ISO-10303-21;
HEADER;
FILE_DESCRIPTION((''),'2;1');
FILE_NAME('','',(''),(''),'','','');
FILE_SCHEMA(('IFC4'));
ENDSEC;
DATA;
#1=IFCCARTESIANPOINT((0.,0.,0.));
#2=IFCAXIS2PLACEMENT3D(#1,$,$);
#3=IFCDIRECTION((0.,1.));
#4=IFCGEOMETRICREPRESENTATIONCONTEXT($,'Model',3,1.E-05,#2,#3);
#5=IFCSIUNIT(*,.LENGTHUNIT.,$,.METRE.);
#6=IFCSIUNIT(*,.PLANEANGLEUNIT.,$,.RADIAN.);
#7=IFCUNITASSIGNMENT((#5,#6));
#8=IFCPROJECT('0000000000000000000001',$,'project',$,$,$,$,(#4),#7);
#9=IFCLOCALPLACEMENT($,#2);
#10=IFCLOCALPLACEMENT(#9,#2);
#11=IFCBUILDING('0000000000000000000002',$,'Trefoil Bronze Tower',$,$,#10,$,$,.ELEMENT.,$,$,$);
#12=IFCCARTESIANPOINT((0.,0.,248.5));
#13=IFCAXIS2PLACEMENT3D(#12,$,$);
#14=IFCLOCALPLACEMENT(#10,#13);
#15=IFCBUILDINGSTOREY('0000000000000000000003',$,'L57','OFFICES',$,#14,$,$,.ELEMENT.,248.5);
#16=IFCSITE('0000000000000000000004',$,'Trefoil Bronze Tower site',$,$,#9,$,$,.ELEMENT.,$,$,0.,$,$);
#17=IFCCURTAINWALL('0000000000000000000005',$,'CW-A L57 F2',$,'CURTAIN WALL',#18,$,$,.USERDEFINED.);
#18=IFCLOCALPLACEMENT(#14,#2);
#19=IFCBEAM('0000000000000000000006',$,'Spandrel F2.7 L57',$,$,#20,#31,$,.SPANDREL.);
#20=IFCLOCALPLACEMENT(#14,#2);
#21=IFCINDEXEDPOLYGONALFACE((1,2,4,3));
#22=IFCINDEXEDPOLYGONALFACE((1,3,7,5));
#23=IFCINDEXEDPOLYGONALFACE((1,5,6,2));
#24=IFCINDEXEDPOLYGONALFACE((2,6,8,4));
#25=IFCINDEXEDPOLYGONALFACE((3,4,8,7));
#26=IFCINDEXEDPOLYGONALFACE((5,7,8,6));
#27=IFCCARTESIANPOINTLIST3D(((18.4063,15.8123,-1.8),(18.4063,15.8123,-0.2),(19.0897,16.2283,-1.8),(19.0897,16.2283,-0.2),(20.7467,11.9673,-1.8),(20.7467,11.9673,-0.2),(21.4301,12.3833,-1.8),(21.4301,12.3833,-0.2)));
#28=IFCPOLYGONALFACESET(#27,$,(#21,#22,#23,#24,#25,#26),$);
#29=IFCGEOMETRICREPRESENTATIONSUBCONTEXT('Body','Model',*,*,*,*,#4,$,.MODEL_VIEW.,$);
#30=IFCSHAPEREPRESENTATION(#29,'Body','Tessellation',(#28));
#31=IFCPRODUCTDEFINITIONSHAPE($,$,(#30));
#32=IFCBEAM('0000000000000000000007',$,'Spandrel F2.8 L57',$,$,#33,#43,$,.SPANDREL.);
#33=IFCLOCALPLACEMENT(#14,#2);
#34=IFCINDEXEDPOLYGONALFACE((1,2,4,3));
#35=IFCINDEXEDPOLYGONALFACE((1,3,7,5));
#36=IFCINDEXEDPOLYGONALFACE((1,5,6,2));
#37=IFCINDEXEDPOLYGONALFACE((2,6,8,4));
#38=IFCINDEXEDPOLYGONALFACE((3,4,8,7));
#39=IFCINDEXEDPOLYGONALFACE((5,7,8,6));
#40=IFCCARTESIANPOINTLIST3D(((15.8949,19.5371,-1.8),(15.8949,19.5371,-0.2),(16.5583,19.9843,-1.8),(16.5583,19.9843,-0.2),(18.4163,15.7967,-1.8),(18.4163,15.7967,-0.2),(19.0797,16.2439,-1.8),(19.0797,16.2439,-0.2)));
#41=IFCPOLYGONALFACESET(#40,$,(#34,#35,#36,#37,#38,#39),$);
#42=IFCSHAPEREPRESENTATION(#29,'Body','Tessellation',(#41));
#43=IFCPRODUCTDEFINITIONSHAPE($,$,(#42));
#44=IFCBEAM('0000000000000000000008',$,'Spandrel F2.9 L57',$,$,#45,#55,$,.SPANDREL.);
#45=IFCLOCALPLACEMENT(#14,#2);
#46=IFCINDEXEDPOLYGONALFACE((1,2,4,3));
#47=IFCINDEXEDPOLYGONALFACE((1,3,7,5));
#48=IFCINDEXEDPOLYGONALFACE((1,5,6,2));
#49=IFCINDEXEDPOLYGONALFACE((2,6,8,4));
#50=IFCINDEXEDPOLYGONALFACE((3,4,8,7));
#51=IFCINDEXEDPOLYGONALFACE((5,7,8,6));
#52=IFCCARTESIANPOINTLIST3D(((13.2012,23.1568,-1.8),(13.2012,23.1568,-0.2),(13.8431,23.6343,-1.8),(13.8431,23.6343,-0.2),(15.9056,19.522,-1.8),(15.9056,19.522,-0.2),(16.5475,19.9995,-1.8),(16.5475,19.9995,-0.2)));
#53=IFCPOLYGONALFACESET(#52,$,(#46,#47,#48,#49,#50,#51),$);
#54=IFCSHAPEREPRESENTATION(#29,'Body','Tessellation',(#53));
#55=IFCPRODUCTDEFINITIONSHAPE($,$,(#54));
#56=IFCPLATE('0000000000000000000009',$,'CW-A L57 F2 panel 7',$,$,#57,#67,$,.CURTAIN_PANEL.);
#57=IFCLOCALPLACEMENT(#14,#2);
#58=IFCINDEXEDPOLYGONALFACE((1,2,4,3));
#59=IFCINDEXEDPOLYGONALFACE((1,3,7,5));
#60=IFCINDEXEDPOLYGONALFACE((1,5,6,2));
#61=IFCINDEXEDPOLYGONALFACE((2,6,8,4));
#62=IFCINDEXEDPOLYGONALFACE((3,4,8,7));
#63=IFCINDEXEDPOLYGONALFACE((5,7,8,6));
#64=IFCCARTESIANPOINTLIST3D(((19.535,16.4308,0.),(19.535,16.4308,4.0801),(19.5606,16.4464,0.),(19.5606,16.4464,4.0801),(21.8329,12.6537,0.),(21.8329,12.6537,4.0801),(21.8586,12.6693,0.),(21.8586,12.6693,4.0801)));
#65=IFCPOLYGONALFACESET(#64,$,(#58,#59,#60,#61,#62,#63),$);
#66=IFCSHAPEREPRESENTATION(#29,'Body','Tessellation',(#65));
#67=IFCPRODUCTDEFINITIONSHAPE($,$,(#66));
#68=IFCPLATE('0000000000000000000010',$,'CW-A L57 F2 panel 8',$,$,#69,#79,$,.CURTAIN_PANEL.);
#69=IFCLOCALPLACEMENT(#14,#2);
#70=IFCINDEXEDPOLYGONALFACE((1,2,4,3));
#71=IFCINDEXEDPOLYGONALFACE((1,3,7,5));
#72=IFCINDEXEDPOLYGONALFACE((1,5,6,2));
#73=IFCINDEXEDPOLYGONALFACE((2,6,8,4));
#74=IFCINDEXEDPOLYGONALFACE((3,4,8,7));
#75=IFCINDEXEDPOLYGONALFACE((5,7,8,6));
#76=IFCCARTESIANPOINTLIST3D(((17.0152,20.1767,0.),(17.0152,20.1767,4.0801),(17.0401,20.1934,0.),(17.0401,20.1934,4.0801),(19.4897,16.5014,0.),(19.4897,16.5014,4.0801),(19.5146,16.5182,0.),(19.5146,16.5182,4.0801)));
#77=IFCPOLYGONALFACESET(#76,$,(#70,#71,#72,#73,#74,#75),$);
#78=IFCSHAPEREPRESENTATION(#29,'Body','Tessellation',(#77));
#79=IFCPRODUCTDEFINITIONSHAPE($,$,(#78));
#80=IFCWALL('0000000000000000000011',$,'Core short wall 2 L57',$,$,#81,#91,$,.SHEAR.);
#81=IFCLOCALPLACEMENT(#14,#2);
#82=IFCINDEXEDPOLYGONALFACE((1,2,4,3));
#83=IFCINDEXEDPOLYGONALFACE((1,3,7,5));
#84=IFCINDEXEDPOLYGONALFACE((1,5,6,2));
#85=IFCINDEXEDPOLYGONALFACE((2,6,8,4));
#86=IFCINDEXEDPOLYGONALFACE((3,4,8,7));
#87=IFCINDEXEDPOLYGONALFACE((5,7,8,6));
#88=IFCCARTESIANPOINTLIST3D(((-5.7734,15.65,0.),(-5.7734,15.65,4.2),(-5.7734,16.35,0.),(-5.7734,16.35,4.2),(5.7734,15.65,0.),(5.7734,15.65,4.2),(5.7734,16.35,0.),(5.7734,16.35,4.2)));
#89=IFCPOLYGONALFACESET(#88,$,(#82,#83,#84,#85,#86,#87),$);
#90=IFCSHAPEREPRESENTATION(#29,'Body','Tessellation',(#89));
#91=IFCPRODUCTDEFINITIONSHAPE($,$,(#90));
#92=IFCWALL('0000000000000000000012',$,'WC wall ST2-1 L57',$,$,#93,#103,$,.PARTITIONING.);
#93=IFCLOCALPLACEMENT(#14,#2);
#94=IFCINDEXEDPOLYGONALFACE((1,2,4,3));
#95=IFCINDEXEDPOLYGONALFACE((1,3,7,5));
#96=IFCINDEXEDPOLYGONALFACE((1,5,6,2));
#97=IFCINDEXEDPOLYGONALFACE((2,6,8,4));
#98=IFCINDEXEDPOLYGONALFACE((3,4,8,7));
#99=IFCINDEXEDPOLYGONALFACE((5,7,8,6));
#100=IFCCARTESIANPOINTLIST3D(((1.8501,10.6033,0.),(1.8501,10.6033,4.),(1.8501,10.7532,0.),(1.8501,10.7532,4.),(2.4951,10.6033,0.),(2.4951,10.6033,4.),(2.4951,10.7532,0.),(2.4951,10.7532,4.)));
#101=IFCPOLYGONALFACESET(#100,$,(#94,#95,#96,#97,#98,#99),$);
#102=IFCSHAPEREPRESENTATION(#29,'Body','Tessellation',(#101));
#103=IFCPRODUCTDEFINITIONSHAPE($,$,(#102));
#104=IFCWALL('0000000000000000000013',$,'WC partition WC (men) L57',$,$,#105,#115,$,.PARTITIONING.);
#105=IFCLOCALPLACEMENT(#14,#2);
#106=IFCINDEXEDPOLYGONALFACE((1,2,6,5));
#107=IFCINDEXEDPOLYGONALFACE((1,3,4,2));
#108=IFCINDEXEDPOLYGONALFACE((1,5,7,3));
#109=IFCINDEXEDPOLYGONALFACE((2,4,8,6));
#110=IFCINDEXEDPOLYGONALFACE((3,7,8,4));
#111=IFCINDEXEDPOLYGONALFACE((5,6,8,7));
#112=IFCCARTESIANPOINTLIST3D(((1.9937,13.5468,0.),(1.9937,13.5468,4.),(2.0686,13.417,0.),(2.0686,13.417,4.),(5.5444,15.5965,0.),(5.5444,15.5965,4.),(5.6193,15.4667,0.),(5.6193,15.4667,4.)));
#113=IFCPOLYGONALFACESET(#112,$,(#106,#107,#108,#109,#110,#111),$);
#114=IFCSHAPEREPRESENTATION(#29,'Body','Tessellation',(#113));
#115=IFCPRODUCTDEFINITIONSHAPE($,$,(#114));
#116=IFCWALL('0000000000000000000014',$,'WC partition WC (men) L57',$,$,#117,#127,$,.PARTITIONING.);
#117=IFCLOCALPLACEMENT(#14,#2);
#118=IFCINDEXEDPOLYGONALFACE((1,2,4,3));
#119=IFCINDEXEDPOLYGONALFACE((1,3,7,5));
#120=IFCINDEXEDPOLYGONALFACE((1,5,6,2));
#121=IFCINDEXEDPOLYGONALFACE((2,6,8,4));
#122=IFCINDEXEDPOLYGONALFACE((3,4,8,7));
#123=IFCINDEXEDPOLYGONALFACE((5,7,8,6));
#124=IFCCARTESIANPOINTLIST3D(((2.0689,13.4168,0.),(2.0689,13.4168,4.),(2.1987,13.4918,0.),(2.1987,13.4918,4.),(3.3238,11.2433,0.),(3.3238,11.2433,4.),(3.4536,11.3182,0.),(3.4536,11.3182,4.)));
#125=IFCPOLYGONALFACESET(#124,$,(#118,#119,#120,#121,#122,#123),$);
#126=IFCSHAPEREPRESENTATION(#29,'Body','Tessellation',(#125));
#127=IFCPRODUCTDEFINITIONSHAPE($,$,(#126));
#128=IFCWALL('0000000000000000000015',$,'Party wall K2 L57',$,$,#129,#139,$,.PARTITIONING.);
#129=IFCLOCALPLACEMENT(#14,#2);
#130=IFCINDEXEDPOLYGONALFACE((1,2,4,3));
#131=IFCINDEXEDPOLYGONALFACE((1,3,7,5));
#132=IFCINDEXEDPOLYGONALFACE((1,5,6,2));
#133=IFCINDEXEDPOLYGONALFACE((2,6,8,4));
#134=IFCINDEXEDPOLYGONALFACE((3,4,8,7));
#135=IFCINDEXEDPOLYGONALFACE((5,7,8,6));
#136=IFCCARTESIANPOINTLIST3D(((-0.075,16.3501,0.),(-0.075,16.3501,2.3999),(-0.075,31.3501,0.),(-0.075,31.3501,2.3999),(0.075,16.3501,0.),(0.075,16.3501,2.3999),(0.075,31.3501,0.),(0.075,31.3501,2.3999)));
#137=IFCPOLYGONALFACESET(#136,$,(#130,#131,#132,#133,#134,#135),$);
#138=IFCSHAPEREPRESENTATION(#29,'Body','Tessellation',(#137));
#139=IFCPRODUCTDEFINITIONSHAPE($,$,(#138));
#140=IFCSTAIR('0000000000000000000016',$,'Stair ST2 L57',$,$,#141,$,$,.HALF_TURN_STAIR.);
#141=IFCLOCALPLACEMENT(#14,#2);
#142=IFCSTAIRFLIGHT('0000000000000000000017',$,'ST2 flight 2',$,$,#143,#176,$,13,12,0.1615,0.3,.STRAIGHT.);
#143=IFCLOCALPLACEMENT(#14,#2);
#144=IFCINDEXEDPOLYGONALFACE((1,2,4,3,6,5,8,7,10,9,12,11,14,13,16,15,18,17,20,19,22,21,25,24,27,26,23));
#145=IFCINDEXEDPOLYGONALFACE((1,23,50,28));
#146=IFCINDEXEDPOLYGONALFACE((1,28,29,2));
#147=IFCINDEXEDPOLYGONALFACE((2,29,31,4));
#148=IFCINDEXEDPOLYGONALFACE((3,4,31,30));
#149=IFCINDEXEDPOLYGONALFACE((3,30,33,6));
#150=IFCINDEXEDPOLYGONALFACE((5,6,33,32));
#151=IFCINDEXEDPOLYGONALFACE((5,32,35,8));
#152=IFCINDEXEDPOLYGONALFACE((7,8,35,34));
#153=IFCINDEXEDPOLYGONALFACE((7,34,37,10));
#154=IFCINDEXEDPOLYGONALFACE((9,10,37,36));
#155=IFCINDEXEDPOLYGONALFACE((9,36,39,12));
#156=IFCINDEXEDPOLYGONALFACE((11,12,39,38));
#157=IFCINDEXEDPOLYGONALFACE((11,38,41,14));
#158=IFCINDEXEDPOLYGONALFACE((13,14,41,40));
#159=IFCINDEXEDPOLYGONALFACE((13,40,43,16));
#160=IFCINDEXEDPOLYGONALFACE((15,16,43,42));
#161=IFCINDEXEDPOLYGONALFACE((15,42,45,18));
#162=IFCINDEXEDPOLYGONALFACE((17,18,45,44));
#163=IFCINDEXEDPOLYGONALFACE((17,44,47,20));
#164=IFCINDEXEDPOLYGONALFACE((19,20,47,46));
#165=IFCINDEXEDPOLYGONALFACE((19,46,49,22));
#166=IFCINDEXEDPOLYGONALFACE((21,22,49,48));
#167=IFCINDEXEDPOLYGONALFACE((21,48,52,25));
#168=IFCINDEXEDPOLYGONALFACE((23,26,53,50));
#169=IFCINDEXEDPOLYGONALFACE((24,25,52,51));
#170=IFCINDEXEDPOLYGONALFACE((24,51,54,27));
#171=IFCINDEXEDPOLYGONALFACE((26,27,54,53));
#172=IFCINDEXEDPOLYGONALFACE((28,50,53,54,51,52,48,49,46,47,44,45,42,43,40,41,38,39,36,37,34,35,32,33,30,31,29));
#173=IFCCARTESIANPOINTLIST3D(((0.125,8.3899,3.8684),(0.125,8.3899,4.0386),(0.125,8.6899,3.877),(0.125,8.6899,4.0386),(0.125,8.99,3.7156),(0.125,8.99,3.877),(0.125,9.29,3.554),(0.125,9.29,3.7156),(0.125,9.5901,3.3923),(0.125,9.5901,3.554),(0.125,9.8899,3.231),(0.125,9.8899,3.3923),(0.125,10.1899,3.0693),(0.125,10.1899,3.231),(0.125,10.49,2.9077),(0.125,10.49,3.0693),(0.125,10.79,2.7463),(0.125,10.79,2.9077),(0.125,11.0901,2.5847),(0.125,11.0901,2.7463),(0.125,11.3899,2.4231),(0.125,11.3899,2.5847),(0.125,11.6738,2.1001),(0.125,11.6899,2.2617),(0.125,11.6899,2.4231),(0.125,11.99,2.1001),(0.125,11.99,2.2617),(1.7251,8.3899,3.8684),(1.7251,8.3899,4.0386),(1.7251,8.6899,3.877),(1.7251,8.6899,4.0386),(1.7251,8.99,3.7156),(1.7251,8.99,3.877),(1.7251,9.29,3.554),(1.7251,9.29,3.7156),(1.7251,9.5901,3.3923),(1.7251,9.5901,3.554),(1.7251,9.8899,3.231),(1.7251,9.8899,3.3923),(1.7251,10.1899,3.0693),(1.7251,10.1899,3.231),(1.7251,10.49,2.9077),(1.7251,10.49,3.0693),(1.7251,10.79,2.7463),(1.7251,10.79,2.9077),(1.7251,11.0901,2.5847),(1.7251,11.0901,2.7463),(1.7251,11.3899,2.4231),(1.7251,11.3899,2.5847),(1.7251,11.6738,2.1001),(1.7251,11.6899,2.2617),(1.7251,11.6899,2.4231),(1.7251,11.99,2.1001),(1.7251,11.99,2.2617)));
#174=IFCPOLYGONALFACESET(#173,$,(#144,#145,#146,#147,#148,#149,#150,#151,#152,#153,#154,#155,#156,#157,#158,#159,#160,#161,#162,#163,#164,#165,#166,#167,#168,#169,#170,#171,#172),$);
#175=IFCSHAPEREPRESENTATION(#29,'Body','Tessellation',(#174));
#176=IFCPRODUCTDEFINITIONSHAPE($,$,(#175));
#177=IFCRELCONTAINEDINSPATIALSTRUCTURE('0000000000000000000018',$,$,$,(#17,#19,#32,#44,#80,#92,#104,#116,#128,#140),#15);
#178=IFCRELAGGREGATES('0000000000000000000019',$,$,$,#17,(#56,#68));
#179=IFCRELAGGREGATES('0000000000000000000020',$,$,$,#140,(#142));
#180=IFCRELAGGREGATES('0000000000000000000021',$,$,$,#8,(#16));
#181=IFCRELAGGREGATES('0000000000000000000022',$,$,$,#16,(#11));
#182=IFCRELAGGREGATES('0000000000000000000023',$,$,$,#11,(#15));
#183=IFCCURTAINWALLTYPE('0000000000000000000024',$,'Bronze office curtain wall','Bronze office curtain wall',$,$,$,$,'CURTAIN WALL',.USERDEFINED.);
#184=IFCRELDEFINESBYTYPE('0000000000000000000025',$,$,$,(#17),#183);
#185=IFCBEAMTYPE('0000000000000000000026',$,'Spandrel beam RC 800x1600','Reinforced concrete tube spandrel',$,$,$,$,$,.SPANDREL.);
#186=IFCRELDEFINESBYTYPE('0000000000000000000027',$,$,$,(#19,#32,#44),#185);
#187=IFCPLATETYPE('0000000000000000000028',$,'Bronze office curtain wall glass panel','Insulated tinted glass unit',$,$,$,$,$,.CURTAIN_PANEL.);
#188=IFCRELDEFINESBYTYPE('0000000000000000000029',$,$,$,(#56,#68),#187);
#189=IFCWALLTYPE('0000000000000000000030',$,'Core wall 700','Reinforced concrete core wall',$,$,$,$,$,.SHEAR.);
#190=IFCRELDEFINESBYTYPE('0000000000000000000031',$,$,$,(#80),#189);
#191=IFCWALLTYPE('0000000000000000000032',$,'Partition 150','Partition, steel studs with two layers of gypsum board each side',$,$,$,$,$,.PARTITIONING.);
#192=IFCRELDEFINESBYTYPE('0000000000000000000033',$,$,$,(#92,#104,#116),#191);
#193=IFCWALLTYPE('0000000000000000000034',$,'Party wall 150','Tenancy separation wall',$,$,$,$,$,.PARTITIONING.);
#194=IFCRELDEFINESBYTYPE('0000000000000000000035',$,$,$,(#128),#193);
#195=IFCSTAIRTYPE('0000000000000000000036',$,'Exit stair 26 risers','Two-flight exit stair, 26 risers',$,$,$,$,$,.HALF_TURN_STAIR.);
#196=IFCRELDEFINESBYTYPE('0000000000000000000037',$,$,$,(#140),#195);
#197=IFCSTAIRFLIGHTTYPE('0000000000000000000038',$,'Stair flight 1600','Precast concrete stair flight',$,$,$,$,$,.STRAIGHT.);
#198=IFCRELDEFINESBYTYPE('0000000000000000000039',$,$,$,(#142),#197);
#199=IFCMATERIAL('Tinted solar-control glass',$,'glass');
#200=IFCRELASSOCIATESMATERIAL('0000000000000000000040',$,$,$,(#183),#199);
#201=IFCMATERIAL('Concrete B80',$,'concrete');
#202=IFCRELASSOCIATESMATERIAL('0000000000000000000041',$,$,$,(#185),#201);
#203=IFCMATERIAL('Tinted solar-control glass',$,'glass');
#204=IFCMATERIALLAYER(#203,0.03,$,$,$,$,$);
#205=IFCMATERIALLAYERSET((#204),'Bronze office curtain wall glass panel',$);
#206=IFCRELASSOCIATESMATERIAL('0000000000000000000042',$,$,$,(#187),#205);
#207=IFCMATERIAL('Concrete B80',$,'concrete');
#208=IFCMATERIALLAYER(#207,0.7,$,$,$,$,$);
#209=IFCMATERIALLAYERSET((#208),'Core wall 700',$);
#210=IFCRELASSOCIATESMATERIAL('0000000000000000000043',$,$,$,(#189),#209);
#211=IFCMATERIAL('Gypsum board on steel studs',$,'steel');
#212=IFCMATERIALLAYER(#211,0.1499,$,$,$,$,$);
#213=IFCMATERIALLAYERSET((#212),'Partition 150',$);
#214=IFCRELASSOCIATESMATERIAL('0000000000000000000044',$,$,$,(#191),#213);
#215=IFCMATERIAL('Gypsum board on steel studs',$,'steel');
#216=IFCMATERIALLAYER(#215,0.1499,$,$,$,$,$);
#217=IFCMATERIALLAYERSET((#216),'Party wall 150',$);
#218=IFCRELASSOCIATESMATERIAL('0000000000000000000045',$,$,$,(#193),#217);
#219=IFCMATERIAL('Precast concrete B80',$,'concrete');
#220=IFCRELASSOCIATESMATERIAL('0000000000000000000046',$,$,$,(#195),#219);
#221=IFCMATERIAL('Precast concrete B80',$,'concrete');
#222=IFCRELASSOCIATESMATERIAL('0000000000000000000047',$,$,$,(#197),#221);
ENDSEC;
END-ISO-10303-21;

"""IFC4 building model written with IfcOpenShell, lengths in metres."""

from ifc_helpers import new_model, si_unit, direction, frame, frame_2d, origin, origin_2d, place, context, subcontext, project, spatial, polyline, rectangle, outline, extrude, material, layer, layer_set, material_profile, profile_set, type_object, element, aggregate, save


model = new_model("IFC4")

# Units and contexts
model_context = context("Model", 3, precision=1e-05, world=origin(), true_north=direction((0.0, 1.0)))
body_context = subcontext(model_context, "Body", "Model", "MODEL_VIEW")
ifc_project = project(units=[si_unit("LENGTHUNIT", "METRE"), si_unit("PLANEANGLEUNIT", "RADIAN")], contexts=[model_context])

# Site, building, storey
site_placement = place(None, origin())
site = spatial("IfcSite", under=ifc_project, at=site_placement, Name="Trefoil Bronze Tower site", CompositionType="ELEMENT", RefElevation=0.0)
building_placement = place(site_placement, origin())
building = spatial("IfcBuilding", under=site, at=building_placement, Name="Trefoil Bronze Tower", CompositionType="ELEMENT")
storey_placement = place(building_placement, frame((0.0, 0.0, 248.5)))
storey = spatial("IfcBuildingStorey", under=building, at=storey_placement, Name="L57", Description="OFFICES", CompositionType="ELEMENT", Elevation=248.5)

# Curtain wall
ifc_material_1 = material(Name="Tinted solar-control glass", Category="glass")
curtain_wall_type = type_object("IfcCurtainWallType", Name="Bronze office curtain wall", Description="Bronze office curtain wall", ElementType="CURTAIN WALL", PredefinedType="USERDEFINED", material=ifc_material_1)
curtain_wall_placement = place(storey_placement, origin())
curtain_wall = element("IfcCurtainWall", 1, at=curtain_wall_placement, inside=storey, type_object=curtain_wall_type, Name="CW-A L57 F2", ObjectType="CURTAIN WALL", PredefinedType="USERDEFINED")

# Beams
ifc_material_2 = material(Name="Concrete B80", Category="concrete")
ifc_material_profile_1 = material_profile(ifc_material_2, rectangle(XDim=0.8, YDim=1.6001, at=origin_2d()), Name="RC 800x1600")
ifc_profile_set_1 = profile_set([ifc_material_profile_1], Name="Concrete B80")
beam_type_1 = type_object("IfcBeamType", Name="Spandrel beam RC 800x1600", Description="Reinforced concrete tube spandrel", PredefinedType="SPANDREL", material=ifc_profile_set_1)
beam_1_placement = place(storey_placement, frame((21.0884, 12.1753, -1.0), z_axis=(-0.519933, 0.854207, 0.0), x_axis=(-0.854207, -0.519933, 0.0)))
element("IfcBeam", 2, at=beam_1_placement, inside=storey, type_object=beam_type_1, Name="Spandrel F2.7 L57", PredefinedType="SPANDREL", context=body_context, shape_type="SweptSolid", body=[
    extrude(rectangle(XDim=0.8, YDim=1.6001, at=origin_2d()), origin(), (0.0, 0.0, 1.0), 4.5012),
])
beam_2_placement = place(storey_placement, frame((18.748, 16.0203, -1.0), z_axis=(-0.558964, 0.829192, 0.0), x_axis=(-0.829192, -0.558964, 0.0)))
element("IfcBeam", 3, at=beam_2_placement, inside=storey, type_object=beam_type_1, Name="Spandrel F2.8 L57", PredefinedType="SPANDREL", context=body_context, shape_type="SweptSolid", body=[
    extrude(rectangle(XDim=0.8, YDim=1.6001, at=origin_2d()), origin(), (0.0, 0.0, 1.0), 4.511),
])
beam_3_placement = place(storey_placement, frame((16.2266, 19.7607, -1.0), z_axis=(-0.596926, 0.802296, 0.0), x_axis=(-0.802296, -0.596926, 0.0)))
element("IfcBeam", 4, at=beam_3_placement, inside=storey, type_object=beam_type_1, Name="Spandrel F2.9 L57", PredefinedType="SPANDREL", context=body_context, shape_type="SweptSolid", body=[
    extrude(rectangle(XDim=0.8, YDim=1.6001, at=origin_2d()), origin(), (0.0, 0.0, 1.0), 4.5305),
])

# Plates
ifc_material_3 = material(Name="Tinted solar-control glass", Category="glass")
ifc_layer_1 = layer(ifc_material_3, 0.03)
ifc_layer_set_1 = layer_set([ifc_layer_1], Name="Bronze office curtain wall glass panel")
plate_type = type_object("IfcPlateType", Name="Bronze office curtain wall glass panel", Description="Insulated tinted glass unit", PredefinedType="CURTAIN_PANEL", material=ifc_layer_set_1)
plate_1_placement = place(storey_placement, frame((20.6968, 14.55, 0.0), z_axis=(0.0, 0.0, 1.0), x_axis=(-0.519762, 0.854311, 0.0)))
plate_1 = element("IfcPlate", 5, at=plate_1_placement, type_object=plate_type, Name="CW-A L57 F2 panel 7", PredefinedType="CURTAIN_PANEL", context=body_context, shape_type="SweptSolid", body=[
    extrude(rectangle(XDim=4.4211, YDim=0.03, at=origin_2d()), origin(), (0.0, 0.0, 1.0), 4.0801),
])
plate_2_placement = place(storey_placement, frame((18.2649, 18.3474, 0.0), z_axis=(0.0, 0.0, 1.0), x_axis=(-0.558493, 0.829509, 0.0)))
plate_2 = element("IfcPlate", 6, at=plate_2_placement, type_object=plate_type, Name="CW-A L57 F2 panel 8", PredefinedType="CURTAIN_PANEL", context=body_context, shape_type="SweptSolid", body=[
    extrude(rectangle(XDim=4.4307, YDim=0.03, at=origin_2d()), origin(), (0.0, 0.0, 1.0), 4.0801),
])
aggregate(curtain_wall, [plate_1, plate_2])

# Walls
ifc_material_4 = material(Name="Concrete B80", Category="concrete")
ifc_layer_2 = layer(ifc_material_4, 0.7)
ifc_layer_set_2 = layer_set([ifc_layer_2], Name="Core wall 700")
wall_type_1 = type_object("IfcWallType", Name="Core wall 700", Description="Reinforced concrete core wall", PredefinedType="SHEAR", material=ifc_layer_set_2)
wall_1_placement = place(storey_placement, frame((5.7734, 16.0, 0.0), z_axis=(0.0, 0.0, 1.0), x_axis=(-1.0, 0.0, 0.0)))
element("IfcWall", 7, at=wall_1_placement, inside=storey, type_object=wall_type_1, Name="Core short wall 2 L57", PredefinedType="SHEAR", context=body_context, shape_type="SweptSolid", body=[
    extrude(rectangle(XDim=11.5469, YDim=0.7, at=frame_2d((5.7734, 0.0))), origin(), (0.0, 0.0, 1.0), 4.2),
])
ifc_material_5 = material(Name="Gypsum board on steel studs", Category="steel")
ifc_layer_3 = layer(ifc_material_5, 0.1499)
ifc_layer_set_3 = layer_set([ifc_layer_3], Name="Partition 150")
wall_type_2 = type_object("IfcWallType", Name="Partition 150", Description="Partition, steel studs with two layers of gypsum board each side", PredefinedType="PARTITIONING", material=ifc_layer_set_3)
wall_2_placement = place(storey_placement, frame((2.4951, 10.6782, 0.0), z_axis=(0.0, 0.0, 1.0), x_axis=(-1.0, 0.0, 0.0)))
element("IfcWall", 8, at=wall_2_placement, inside=storey, type_object=wall_type_2, Name="WC wall ST2-1 L57", PredefinedType="PARTITIONING", context=body_context, shape_type="SweptSolid", body=[
    extrude(rectangle(XDim=0.645, YDim=0.1499, at=frame_2d((0.3225, 0.0))), origin(), (0.0, 0.0, 1.0), 4.0),
])
wall_3_placement = place(storey_placement, frame((2.0312, 13.4819, 0.0), z_axis=(0.0, 0.0, 1.0), x_axis=(0.866051, 0.499956, 0.0)))
element("IfcWall", 9, at=wall_3_placement, inside=storey, type_object=wall_type_2, Name="WC partition WC (men) L57", PredefinedType="PARTITIONING", context=body_context, shape_type="SweptSolid", body=[
    extrude(rectangle(XDim=4.0999, YDim=0.1499, at=frame_2d((2.0498, 0.0))), origin(), (0.0, 0.0, 1.0), 4.0),
])
wall_4_placement = place(storey_placement, frame((3.3887, 11.2808, 0.0), z_axis=(0.0, 0.0, 1.0), x_axis=(-0.499989, 0.866032, 0.0)))
element("IfcWall", 10, at=wall_4_placement, inside=storey, type_object=wall_type_2, Name="WC partition WC (men) L57", PredefinedType="PARTITIONING", context=body_context, shape_type="SweptSolid", body=[
    extrude(rectangle(XDim=2.5098, YDim=0.1499, at=frame_2d((1.2549, 0.0))), origin(), (0.0, 0.0, 1.0), 4.0),
])
ifc_material_6 = material(Name="Gypsum board on steel studs", Category="steel")
ifc_layer_4 = layer(ifc_material_6, 0.1499)
ifc_layer_set_4 = layer_set([ifc_layer_4], Name="Party wall 150")
wall_type_3 = type_object("IfcWallType", Name="Party wall 150", Description="Tenancy separation wall", PredefinedType="PARTITIONING", material=ifc_layer_set_4)
wall_5_placement = place(storey_placement, frame((0.0, 16.3501, 0.0), z_axis=(0.0, 0.0, 1.0), x_axis=(0.0, 1.0, 0.0)))
element("IfcWall", 11, at=wall_5_placement, inside=storey, type_object=wall_type_3, Name="Party wall K2 L57", PredefinedType="PARTITIONING", context=body_context, shape_type="SweptSolid", body=[
    extrude(rectangle(XDim=15.0, YDim=0.1499, at=frame_2d((7.5, 0.0))), origin(), (0.0, 0.0, 1.0), 2.3999),
])

# Stair, stair flight
ifc_material_7 = material(Name="Precast concrete B80", Category="concrete")
stair_type = type_object("IfcStairType", Name="Exit stair 26 risers", Description="Two-flight exit stair, 26 risers", PredefinedType="HALF_TURN_STAIR", material=ifc_material_7)
stair_placement = place(storey_placement, origin())
stair = element("IfcStair", 12, at=stair_placement, inside=storey, type_object=stair_type, Name="Stair ST2 L57", PredefinedType="HALF_TURN_STAIR")
ifc_material_8 = material(Name="Precast concrete B80", Category="concrete")
stair_flight_type = type_object("IfcStairFlightType", Name="Stair flight 1600", Description="Precast concrete stair flight", PredefinedType="STRAIGHT", material=ifc_material_8)
stair_flight_placement = place(storey_placement, frame((0.925, 11.99, 2.1001), z_axis=(0.0, 0.0, 1.0), x_axis=(0.0, -1.0, 0.0)))
stair_flight = element("IfcStairFlight", 13, at=stair_flight_placement, type_object=stair_flight_type, Name="ST2 flight 2", NumberOfRisers=13, NumberOfTreads=12, PredefinedType="STRAIGHT", RiserHeight=0.1615, TreadLength=0.3, context=body_context, shape_type="SweptSolid", body=[
    extrude(outline(polyline([(0.0, 0.0), (0.0, 0.1616), (0.3, 0.1616), (0.3, 0.323), (0.6001, 0.323), (0.6001, 0.4846), (0.8999, 0.4846), (0.8999, 0.6462), (1.2, 0.6462), (1.2, 0.8076), (1.5, 0.8076), (1.5, 0.9692), (1.8, 0.9692), (1.8, 1.1309), (2.1001, 1.1309), (2.1001, 1.2922), (2.3999, 1.2922), (2.3999, 1.4539), (2.7, 1.4539), (2.7, 1.6155), (3.0, 1.6155), (3.0, 1.7769), (3.3, 1.7769), (3.3, 1.9385), (3.6001, 1.9385), (3.6001, 2.1001), (3.6001, 1.7683), (0.3162, 0.0), (0.0, 0.0)])), frame((0.0, 0.8, 0.0), z_axis=(0.0, -1.0, 0.0), x_axis=(1.0, 0.0, 0.0)), (0.0, 0.0, 1.0), 1.6001),
])
aggregate(stair, [stair_flight])

save(model, "model.ifc")
